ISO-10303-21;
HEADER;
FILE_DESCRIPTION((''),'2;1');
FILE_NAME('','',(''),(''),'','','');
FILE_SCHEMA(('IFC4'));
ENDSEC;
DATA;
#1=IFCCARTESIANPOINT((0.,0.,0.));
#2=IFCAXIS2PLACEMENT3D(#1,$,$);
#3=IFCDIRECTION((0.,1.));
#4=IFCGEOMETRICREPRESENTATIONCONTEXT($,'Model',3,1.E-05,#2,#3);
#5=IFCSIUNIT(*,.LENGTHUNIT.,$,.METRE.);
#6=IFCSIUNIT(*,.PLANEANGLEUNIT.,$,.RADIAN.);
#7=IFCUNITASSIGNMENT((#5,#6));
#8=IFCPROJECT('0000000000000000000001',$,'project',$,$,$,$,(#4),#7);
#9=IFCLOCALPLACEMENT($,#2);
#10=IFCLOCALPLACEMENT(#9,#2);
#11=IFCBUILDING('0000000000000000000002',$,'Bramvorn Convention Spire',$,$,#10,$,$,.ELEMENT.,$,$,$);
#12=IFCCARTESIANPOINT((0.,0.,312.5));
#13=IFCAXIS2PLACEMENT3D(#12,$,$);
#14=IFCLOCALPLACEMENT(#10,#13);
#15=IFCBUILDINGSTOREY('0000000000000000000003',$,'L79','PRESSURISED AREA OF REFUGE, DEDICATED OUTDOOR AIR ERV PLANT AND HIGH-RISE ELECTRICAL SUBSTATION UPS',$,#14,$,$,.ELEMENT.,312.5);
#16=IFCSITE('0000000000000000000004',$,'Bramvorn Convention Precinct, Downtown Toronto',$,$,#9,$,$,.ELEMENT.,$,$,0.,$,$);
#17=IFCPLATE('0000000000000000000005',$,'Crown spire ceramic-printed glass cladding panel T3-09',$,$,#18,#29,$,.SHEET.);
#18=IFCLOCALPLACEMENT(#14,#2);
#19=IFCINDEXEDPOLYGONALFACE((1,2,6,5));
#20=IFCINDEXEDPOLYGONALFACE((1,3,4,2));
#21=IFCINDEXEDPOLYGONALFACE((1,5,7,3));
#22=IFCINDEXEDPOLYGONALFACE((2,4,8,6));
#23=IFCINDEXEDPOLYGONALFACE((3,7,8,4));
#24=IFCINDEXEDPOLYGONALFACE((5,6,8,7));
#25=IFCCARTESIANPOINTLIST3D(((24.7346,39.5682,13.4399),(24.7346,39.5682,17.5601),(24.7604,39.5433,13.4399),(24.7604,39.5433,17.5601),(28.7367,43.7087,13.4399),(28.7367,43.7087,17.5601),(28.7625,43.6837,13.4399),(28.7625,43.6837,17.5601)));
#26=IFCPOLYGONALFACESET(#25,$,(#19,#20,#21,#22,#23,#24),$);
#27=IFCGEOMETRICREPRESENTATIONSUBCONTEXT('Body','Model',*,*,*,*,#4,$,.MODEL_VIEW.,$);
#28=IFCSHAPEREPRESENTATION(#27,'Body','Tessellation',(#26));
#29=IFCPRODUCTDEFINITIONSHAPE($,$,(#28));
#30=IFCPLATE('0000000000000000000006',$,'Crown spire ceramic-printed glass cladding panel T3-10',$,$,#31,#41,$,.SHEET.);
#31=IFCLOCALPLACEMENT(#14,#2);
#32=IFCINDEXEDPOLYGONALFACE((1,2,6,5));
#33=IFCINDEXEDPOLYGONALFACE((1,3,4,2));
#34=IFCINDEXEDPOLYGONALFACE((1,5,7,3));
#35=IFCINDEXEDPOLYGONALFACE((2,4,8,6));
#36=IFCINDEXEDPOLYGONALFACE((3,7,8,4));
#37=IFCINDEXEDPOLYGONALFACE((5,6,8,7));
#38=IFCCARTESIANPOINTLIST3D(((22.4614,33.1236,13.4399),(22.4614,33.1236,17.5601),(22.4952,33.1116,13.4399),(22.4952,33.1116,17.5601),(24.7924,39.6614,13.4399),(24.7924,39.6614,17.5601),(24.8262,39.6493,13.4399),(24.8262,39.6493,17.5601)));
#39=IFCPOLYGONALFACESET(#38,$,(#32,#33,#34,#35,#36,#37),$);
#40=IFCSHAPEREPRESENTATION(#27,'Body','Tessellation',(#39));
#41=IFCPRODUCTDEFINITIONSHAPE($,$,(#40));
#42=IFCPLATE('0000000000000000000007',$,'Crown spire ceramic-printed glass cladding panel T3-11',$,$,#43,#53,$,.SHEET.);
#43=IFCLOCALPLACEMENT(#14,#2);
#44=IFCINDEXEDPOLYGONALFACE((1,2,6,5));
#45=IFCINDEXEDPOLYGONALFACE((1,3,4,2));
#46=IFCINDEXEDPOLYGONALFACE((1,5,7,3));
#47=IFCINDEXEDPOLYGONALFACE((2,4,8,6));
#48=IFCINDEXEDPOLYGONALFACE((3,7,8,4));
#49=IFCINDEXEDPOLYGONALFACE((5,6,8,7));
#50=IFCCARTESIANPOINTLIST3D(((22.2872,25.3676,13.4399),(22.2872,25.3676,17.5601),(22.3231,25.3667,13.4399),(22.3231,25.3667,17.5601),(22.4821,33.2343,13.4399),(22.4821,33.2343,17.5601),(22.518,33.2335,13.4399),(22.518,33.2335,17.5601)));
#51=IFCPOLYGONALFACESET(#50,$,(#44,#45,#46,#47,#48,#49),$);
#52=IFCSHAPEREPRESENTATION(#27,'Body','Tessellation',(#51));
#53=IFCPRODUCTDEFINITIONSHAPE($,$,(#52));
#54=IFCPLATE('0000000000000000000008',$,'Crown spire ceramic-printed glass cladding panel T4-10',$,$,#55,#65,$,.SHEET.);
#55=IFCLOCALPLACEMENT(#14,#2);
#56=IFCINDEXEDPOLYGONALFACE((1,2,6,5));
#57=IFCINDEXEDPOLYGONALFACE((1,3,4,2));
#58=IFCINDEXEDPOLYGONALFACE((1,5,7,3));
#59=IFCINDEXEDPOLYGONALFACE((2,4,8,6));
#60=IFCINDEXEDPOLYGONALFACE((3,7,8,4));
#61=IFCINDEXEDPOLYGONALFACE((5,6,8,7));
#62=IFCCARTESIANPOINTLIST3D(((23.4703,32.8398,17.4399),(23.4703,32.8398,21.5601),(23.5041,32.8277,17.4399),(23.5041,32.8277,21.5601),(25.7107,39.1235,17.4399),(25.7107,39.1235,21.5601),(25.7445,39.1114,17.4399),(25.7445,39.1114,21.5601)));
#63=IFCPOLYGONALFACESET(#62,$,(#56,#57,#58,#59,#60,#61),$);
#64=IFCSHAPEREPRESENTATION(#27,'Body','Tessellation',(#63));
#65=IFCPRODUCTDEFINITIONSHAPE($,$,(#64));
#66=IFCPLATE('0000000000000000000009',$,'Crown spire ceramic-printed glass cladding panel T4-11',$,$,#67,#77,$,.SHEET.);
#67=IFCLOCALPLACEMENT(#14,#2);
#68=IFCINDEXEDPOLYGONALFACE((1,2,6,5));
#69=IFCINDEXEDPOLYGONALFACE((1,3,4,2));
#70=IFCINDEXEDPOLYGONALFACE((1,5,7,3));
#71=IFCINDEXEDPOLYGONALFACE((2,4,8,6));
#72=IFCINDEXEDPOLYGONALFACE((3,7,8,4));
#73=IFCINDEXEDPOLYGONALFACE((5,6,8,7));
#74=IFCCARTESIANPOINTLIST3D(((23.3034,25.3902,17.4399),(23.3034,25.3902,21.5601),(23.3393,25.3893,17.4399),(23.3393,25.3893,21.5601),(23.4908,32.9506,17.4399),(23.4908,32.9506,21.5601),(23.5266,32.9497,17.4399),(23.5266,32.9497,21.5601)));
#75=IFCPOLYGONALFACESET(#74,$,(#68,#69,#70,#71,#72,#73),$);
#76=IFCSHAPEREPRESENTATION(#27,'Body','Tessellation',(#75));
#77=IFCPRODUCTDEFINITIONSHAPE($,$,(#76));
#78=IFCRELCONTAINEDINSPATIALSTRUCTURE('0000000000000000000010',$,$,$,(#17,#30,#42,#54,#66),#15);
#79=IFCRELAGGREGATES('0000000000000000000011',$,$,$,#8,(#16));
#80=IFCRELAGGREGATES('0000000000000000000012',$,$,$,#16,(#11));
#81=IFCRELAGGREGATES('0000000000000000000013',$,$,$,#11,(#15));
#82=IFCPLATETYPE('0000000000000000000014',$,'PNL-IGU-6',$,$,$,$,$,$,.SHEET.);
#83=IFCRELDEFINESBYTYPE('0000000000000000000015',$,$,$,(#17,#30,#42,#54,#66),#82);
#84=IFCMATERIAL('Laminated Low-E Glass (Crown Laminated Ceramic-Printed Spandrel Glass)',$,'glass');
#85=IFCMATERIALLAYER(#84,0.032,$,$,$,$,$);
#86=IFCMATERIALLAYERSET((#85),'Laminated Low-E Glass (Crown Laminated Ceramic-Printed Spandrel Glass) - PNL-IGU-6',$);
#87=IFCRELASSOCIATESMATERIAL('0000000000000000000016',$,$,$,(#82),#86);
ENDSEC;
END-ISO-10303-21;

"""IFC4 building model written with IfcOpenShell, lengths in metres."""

from ifc_helpers import new_model, si_unit, direction, frame, origin, origin_2d, place, context, subcontext, project, spatial, rectangle, extrude, material, layer, layer_set, type_object, element, save


model = new_model("IFC4")

# Units and contexts
model_context = context("Model", 3, precision=1e-05, world=origin(), true_north=direction((0.0, 1.0)))
body_context = subcontext(model_context, "Body", "Model", "MODEL_VIEW")
ifc_project = project(units=[si_unit("LENGTHUNIT", "METRE"), si_unit("PLANEANGLEUNIT", "RADIAN")], contexts=[model_context])

# Site, building, storey
site_placement = place(None, origin())
site = spatial("IfcSite", under=ifc_project, at=site_placement, Name="Bramvorn Convention Precinct, Downtown Toronto", CompositionType="ELEMENT", RefElevation=0.0)
building_placement = place(site_placement, origin())
building = spatial("IfcBuilding", under=site, at=building_placement, Name="Bramvorn Convention Spire", CompositionType="ELEMENT")
storey_placement = place(building_placement, frame((0.0, 0.0, 312.5)))
storey = spatial("IfcBuildingStorey", under=building, at=storey_placement, Name="L79", Description="PRESSURISED AREA OF REFUGE, DEDICATED OUTDOOR AIR ERV PLANT AND HIGH-RISE ELECTRICAL SUBSTATION UPS", CompositionType="ELEMENT", Elevation=312.5)

# Plates
ifc_material_1 = material(Name="Laminated Low-E Glass (Crown Laminated Ceramic-Printed Spandrel Glass)", Category="glass")
ifc_layer_1 = layer(ifc_material_1, 0.032)
ifc_layer_set_1 = layer_set([ifc_layer_1], Name="Laminated Low-E Glass (Crown Laminated Ceramic-Printed Spandrel Glass) - PNL-IGU-6")
plate_type_1 = type_object("IfcPlateType", Name="PNL-IGU-6", PredefinedType="SHEET", material=ifc_layer_set_1)
for number, where, z_axis, x_axis, name in (
    (1, (26.7485, 41.626, 13.4399), (0.0, 0.0, 1.0), (-0.694994, -0.719016, 0.0), "Crown spire ceramic-printed glass cladding panel T3-09"),
):
    element("IfcPlate", number, at=place(storey_placement, frame(where, z_axis=z_axis, x_axis=x_axis)), inside=storey, type_object=plate_type_1, Name=name, PredefinedType="SHEET", context=body_context, shape_type="SweptSolid", body=[
        extrude(rectangle(XDim=5.7585, YDim=0.0359, at=origin_2d()), origin(), (0.0, 0.0, 1.0), 4.1201),
    ])
plate_1_placement = place(storey_placement, frame((23.6438, 36.3865, 13.4399), z_axis=(0.0, 0.0, 1.0), x_axis=(-0.335837, -0.94192, 0.0)))
element("IfcPlate", 2, at=plate_1_placement, inside=storey, type_object=plate_type_1, Name="Crown spire ceramic-printed glass cladding panel T3-10", PredefinedType="SHEET", context=body_context, shape_type="SweptSolid", body=[
    extrude(rectangle(XDim=6.9409, YDim=0.0359, at=origin_2d()), origin(), (0.0, 0.0, 1.0), 4.1201),
])
plate_2_placement = place(storey_placement, frame((22.4026, 29.3005, 13.4399), z_axis=(0.0, 0.0, 1.0), x_axis=(-0.02477, -0.999693, 0.0)))
element("IfcPlate", 3, at=plate_2_placement, inside=storey, type_object=plate_type_1, Name="Crown spire ceramic-printed glass cladding panel T3-11", PredefinedType="SHEET", context=body_context, shape_type="SweptSolid", body=[
    extrude(rectangle(XDim=7.8691, YDim=0.0359, at=origin_2d()), origin(), (0.0, 0.0, 1.0), 4.1201),
])
plate_3_placement = place(storey_placement, frame((24.6074, 35.9756, 17.4399), z_axis=(0.0, 0.0, 1.0), x_axis=(-0.335833, -0.941922, 0.0)))
element("IfcPlate", 4, at=plate_3_placement, inside=storey, type_object=plate_type_1, Name="Crown spire ceramic-printed glass cladding panel T4-10", PredefinedType="SHEET", context=body_context, shape_type="SweptSolid", body=[
    extrude(rectangle(XDim=6.6711, YDim=0.0359, at=origin_2d()), origin(), (0.0, 0.0, 1.0), 4.1201),
])
plate_4_placement = place(storey_placement, frame((23.415, 29.1699, 17.4399), z_axis=(0.0, 0.0, 1.0), x_axis=(-0.024769, -0.999693, 0.0)))
element("IfcPlate", 5, at=plate_4_placement, inside=storey, type_object=plate_type_1, Name="Crown spire ceramic-printed glass cladding panel T4-11", PredefinedType="SHEET", context=body_context, shape_type="SweptSolid", body=[
    extrude(rectangle(XDim=7.5627, YDim=0.0359, at=origin_2d()), origin(), (0.0, 0.0, 1.0), 4.1201),
])

save(model, "model.ifc")
